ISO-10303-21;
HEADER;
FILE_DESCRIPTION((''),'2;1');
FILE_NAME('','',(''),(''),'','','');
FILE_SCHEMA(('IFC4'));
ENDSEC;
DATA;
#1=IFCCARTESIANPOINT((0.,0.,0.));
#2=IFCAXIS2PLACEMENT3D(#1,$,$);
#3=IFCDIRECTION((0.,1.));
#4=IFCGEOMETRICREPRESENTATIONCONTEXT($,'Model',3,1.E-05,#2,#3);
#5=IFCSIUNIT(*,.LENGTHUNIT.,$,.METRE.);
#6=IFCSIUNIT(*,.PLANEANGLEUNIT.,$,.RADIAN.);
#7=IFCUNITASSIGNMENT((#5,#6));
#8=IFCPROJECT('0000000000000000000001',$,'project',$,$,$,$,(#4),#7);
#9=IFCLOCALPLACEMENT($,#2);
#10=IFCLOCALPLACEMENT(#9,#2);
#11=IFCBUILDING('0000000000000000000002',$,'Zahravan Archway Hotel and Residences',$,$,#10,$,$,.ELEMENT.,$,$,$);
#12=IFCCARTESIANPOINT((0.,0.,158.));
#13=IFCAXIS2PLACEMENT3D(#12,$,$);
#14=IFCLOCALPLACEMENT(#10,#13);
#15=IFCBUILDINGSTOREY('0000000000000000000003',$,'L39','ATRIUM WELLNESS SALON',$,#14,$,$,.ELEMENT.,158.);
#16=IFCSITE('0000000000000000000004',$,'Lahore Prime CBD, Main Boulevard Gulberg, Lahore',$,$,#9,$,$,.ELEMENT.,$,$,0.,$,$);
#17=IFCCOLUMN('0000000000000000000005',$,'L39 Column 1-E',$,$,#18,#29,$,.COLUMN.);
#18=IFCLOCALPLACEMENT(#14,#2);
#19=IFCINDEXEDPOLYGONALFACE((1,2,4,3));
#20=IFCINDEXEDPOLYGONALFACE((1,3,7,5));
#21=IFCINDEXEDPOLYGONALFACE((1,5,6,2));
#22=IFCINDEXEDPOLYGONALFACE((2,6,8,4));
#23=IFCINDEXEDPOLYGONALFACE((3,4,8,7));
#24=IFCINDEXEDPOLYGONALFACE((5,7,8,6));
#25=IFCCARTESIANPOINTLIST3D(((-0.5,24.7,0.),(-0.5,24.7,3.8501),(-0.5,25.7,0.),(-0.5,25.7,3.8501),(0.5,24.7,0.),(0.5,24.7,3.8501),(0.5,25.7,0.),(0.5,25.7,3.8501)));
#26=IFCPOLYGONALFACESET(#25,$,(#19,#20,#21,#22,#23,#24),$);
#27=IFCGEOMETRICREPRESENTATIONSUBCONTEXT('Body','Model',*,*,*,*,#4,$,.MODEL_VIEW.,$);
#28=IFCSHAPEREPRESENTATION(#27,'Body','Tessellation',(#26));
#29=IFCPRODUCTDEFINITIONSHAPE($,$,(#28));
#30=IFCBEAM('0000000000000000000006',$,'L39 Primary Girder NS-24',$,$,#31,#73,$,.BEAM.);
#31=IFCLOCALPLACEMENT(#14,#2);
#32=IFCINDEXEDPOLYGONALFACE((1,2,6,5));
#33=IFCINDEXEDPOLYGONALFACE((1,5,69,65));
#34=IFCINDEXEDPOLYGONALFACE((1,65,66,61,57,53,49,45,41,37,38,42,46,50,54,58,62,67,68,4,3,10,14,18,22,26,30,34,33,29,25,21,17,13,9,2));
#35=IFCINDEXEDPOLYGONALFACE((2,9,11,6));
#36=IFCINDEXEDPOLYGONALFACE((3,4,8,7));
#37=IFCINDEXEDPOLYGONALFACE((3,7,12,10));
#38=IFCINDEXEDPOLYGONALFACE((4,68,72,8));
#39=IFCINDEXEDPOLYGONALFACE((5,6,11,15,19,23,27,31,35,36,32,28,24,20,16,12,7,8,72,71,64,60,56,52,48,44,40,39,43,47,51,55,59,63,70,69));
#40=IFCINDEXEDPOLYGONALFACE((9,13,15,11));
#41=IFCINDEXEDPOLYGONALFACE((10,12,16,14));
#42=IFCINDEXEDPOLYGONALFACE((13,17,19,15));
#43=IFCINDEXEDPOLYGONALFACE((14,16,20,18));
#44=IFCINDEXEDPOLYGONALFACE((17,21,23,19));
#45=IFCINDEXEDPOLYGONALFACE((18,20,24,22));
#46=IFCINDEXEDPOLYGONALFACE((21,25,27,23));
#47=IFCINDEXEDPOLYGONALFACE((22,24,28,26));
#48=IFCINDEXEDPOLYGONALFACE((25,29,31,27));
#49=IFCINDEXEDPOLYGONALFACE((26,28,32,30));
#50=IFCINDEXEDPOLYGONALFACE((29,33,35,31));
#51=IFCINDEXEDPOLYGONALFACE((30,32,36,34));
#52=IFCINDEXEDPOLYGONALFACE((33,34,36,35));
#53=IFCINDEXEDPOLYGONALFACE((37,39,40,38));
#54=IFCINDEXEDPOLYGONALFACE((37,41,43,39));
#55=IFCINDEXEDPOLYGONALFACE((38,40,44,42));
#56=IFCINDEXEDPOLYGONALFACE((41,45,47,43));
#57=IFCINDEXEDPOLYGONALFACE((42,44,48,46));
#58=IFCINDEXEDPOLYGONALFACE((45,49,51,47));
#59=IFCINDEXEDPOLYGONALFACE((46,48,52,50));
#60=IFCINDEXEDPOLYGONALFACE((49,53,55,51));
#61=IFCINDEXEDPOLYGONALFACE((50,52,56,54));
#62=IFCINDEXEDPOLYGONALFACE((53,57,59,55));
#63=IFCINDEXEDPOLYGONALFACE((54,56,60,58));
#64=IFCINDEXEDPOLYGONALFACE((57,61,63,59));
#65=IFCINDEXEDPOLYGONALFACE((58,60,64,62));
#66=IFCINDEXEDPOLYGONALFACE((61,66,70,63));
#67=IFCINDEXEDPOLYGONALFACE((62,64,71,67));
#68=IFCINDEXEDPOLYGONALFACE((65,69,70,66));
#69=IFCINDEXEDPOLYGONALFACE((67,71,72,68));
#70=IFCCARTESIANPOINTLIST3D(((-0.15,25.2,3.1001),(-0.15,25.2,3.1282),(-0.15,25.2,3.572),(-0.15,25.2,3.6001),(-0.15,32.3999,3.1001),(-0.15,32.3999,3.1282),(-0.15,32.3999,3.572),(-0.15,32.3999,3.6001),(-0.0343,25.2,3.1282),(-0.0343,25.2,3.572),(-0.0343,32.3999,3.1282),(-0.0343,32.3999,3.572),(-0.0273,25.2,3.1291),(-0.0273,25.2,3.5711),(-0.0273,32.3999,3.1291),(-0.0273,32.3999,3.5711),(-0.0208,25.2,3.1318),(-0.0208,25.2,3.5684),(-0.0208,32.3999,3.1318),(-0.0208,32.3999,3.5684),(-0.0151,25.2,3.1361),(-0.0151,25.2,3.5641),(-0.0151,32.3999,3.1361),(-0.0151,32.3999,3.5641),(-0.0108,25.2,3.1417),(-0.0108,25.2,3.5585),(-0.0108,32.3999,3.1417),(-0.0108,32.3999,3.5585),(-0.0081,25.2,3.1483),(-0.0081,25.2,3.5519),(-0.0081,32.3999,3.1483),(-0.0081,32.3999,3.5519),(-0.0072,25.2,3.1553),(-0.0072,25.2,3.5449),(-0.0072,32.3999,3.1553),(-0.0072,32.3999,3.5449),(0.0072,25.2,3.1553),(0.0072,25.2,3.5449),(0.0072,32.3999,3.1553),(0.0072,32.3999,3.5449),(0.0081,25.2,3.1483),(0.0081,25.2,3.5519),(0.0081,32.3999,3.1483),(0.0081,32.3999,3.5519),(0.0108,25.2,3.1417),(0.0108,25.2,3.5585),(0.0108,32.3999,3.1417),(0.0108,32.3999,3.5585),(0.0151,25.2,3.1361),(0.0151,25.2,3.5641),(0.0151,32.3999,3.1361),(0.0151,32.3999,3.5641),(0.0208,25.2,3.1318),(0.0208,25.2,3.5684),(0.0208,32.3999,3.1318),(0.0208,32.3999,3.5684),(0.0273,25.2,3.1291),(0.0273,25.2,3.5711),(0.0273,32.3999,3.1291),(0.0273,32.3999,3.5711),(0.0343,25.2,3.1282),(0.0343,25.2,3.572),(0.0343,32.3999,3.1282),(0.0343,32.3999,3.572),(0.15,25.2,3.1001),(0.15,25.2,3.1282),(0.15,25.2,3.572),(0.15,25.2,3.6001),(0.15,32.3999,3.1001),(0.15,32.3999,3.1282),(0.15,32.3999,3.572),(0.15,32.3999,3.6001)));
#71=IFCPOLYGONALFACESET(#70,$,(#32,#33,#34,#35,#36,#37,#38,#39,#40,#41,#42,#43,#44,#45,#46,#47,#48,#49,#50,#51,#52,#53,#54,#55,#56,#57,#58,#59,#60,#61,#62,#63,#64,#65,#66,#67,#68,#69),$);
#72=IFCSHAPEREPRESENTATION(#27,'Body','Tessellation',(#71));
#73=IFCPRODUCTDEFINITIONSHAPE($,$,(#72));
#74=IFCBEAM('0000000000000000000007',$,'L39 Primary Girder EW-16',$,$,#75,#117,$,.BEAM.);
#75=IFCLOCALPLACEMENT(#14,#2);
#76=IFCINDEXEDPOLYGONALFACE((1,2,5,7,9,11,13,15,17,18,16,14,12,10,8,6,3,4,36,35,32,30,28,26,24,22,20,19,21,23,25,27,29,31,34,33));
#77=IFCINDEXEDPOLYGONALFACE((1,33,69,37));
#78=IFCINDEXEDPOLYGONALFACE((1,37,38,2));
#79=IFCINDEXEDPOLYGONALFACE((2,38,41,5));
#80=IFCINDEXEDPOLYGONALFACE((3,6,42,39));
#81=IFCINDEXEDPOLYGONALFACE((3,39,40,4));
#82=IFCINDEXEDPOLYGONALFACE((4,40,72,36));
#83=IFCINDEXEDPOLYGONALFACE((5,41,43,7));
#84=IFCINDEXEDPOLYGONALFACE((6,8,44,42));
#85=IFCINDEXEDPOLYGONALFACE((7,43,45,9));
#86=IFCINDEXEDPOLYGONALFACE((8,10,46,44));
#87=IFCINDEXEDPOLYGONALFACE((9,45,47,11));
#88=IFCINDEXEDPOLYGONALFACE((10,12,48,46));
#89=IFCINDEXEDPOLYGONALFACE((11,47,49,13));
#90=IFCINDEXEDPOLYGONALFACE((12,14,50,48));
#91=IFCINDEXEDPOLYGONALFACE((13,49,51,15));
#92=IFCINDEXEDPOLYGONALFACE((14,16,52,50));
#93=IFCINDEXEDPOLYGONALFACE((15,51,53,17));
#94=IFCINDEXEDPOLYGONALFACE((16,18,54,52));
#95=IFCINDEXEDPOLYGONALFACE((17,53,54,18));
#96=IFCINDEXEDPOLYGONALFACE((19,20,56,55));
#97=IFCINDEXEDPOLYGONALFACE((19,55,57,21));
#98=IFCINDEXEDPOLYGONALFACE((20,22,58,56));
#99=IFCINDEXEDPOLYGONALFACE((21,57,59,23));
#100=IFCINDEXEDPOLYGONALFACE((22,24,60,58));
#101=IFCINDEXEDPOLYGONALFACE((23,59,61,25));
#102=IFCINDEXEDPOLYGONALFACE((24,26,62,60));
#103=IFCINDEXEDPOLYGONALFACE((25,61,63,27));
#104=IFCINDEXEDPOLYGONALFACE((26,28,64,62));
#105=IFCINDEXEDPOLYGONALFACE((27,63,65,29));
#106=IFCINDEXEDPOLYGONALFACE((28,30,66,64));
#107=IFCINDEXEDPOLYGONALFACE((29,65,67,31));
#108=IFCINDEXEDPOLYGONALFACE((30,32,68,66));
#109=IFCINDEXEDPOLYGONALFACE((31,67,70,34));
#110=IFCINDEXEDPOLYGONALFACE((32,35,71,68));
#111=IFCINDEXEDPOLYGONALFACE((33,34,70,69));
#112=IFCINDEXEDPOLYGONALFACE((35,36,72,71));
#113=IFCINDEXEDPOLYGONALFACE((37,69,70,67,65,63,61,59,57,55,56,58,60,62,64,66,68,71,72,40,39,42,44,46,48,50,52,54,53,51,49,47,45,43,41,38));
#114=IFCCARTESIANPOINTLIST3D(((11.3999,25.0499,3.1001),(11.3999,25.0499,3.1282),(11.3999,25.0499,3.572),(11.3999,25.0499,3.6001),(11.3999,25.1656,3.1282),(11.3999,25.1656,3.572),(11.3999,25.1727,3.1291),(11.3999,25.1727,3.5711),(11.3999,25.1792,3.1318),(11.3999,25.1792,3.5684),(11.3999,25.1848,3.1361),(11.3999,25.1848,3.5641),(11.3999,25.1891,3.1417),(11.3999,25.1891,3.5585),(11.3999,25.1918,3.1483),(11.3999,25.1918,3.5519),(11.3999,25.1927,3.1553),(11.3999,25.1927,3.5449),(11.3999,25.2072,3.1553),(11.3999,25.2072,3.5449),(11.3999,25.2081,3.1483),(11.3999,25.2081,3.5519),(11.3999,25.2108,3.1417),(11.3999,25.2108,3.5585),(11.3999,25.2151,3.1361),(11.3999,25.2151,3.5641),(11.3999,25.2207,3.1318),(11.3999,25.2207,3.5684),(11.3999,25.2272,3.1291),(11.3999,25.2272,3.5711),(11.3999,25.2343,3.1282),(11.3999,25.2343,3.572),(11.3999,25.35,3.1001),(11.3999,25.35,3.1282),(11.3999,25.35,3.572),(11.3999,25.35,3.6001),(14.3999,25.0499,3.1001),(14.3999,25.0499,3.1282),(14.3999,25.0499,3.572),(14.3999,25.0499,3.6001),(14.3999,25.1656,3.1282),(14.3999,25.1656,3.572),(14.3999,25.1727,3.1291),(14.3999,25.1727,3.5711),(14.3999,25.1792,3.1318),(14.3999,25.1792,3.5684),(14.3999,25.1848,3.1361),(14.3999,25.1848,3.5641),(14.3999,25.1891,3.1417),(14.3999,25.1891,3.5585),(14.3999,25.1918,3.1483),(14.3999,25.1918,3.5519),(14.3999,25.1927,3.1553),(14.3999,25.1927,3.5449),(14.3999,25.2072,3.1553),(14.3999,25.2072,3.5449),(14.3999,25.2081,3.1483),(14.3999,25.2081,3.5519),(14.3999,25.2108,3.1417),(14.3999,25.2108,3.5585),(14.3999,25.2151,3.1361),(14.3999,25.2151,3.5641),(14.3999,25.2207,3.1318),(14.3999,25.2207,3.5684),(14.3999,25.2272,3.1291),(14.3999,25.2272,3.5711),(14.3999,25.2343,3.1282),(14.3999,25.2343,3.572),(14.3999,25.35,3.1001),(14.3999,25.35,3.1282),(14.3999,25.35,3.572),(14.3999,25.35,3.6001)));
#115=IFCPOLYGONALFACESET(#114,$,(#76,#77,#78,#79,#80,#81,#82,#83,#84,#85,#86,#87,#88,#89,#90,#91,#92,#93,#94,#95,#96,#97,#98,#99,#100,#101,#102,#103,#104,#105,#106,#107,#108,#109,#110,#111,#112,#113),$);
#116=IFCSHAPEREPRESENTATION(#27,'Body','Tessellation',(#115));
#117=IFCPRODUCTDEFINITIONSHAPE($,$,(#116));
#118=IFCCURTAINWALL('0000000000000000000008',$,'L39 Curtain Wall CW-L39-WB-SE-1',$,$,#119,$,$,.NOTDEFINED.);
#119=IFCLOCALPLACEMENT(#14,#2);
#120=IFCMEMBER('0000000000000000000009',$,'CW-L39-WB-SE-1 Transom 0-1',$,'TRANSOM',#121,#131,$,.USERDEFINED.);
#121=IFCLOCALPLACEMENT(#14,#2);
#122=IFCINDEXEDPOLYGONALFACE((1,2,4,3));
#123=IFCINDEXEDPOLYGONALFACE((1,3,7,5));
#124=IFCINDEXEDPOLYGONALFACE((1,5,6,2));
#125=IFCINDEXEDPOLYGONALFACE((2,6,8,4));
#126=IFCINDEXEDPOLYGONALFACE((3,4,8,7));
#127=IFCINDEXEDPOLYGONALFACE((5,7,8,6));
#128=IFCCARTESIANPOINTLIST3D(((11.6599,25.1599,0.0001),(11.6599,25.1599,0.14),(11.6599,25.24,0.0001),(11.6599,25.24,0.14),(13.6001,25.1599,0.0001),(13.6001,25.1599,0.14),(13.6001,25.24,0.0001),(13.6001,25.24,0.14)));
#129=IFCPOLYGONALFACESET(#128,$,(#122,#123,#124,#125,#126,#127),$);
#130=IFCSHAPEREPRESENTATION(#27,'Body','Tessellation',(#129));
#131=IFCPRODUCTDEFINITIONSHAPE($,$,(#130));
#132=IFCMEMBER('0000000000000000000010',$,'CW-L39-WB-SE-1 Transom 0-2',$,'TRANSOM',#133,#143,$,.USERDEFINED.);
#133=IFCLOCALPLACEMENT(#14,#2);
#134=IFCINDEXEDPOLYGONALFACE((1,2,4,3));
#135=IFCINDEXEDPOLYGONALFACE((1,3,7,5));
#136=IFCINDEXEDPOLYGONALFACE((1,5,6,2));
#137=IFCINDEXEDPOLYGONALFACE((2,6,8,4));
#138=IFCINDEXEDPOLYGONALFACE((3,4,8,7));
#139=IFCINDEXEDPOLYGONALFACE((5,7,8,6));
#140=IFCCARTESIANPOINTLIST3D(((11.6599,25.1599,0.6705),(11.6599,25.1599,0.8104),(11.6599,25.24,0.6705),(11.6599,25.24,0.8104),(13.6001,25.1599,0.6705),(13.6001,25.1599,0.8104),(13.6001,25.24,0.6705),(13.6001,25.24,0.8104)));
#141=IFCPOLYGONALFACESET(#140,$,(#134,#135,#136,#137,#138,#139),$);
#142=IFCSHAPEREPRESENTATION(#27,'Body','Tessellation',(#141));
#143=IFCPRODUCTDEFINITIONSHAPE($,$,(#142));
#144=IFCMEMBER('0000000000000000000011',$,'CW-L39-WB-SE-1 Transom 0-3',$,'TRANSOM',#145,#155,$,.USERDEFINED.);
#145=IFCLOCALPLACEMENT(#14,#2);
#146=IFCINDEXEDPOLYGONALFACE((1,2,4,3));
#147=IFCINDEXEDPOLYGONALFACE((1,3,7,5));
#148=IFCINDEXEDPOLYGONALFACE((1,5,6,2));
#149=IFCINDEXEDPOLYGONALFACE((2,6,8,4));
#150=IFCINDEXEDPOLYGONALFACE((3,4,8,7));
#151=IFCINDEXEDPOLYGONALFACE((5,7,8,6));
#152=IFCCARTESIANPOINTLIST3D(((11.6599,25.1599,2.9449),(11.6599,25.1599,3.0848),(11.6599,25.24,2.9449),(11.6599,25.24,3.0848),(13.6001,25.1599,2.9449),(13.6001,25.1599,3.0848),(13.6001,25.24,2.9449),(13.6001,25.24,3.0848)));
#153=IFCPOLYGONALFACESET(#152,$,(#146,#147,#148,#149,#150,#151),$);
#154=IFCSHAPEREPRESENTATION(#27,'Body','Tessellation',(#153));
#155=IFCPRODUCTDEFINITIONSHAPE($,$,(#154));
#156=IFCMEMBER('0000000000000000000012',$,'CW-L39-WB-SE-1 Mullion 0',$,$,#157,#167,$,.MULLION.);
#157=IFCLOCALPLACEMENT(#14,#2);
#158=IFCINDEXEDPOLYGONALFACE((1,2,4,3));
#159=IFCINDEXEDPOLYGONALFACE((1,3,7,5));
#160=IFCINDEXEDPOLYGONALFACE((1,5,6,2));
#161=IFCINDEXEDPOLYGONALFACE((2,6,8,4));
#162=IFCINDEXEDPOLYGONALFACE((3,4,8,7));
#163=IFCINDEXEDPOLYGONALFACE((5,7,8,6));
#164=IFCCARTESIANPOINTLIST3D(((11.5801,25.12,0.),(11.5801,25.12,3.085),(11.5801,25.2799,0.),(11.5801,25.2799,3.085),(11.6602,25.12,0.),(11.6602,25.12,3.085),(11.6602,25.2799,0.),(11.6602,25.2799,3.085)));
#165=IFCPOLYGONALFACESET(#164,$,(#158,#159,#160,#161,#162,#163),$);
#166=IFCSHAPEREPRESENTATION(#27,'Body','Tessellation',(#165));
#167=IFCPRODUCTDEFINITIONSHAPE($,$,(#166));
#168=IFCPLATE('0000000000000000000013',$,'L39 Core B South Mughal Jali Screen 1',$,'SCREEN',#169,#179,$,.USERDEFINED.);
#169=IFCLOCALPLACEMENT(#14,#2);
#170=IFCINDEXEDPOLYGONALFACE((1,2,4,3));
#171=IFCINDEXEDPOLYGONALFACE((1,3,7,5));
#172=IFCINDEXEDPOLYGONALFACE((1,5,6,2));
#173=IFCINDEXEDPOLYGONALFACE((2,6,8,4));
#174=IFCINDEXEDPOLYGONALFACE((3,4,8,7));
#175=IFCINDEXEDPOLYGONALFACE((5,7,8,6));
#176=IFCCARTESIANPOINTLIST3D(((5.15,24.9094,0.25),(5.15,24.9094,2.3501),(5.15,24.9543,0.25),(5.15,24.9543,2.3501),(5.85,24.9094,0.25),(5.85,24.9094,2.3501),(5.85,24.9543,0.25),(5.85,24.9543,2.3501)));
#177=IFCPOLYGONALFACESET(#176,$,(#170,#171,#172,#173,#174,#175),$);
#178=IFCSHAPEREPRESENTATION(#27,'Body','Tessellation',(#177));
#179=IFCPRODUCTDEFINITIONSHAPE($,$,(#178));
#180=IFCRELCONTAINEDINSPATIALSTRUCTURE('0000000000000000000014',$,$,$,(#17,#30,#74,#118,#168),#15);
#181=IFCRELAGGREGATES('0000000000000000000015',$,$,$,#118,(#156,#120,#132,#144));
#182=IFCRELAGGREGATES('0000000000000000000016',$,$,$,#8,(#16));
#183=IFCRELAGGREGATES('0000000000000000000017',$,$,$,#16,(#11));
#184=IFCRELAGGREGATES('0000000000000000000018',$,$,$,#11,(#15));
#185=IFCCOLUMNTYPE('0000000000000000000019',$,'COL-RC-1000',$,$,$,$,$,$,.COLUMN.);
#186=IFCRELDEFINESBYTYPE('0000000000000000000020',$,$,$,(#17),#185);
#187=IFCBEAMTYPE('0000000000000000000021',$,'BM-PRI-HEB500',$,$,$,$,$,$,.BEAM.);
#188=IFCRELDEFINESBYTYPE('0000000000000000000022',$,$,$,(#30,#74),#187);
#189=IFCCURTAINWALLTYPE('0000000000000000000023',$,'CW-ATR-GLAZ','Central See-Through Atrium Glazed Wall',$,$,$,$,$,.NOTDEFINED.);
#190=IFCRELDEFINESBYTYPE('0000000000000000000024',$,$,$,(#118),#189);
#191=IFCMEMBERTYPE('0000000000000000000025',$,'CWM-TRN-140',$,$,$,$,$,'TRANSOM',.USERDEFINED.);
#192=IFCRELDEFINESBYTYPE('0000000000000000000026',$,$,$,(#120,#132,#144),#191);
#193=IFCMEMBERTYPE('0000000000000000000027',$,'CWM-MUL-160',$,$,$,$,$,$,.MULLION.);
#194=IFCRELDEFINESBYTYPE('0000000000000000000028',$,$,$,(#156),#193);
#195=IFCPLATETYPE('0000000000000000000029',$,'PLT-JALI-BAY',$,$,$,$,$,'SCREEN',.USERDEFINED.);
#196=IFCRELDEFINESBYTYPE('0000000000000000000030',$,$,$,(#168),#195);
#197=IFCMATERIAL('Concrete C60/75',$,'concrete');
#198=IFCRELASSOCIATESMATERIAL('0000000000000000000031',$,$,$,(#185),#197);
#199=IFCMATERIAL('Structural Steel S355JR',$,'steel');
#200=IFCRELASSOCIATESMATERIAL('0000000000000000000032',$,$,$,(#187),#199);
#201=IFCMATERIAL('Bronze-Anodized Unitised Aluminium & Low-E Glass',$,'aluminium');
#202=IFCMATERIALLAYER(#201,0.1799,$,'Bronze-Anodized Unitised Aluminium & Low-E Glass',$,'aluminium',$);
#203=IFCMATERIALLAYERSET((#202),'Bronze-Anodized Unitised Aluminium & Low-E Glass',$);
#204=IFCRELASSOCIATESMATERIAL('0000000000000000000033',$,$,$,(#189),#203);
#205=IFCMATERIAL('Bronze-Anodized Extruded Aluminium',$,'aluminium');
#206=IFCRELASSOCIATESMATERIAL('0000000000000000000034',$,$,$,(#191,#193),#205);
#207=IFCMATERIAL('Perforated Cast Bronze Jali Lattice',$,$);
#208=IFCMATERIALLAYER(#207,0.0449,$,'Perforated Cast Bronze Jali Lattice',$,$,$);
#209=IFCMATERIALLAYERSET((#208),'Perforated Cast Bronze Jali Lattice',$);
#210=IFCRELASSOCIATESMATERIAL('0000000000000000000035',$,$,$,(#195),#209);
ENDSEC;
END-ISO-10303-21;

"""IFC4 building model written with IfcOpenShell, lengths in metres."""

from ifc_helpers import new_model, si_unit, direction, frame, origin, origin_2d, place, context, subcontext, project, spatial, rectangle, i_section, extrude, source, transform, mapped, material, layer, layer_set, material_profile, profile_set, type_object, type_shapes, element, aggregate, save


model = new_model("IFC4")

# Units and contexts
model_context = context("Model", 3, precision=1e-05, world=origin(), true_north=direction((0.0, 1.0)))
body_context = subcontext(model_context, "Body", "Model", "MODEL_VIEW")
ifc_project = project(units=[si_unit("LENGTHUNIT", "METRE"), si_unit("PLANEANGLEUNIT", "RADIAN")], contexts=[model_context])

# Site, building, storey
site_placement = place(None, origin())
site = spatial("IfcSite", under=ifc_project, at=site_placement, Name="Lahore Prime CBD, Main Boulevard Gulberg, Lahore", CompositionType="ELEMENT", RefElevation=0.0)
building_placement = place(site_placement, origin())
building = spatial("IfcBuilding", under=site, at=building_placement, Name="Zahravan Archway Hotel and Residences", CompositionType="ELEMENT")
storey_placement = place(building_placement, frame((0.0, 0.0, 158.0)))
storey = spatial("IfcBuildingStorey", under=building, at=storey_placement, Name="L39", Description="ATRIUM WELLNESS SALON", CompositionType="ELEMENT", Elevation=158.0)

# Column
ifc_material_1 = material(Name="Concrete C60/75", Category="concrete")
ifc_material_profile_1 = material_profile(ifc_material_1, rectangle(XDim=1.0, YDim=1.0, at=origin_2d()), Name="RC-COL-1000x1000", Category="concrete")
ifc_profile_set_1 = profile_set([ifc_material_profile_1], Name="Concrete C60/75")
column_type = type_object("IfcColumnType", Name="COL-RC-1000", PredefinedType="COLUMN", material=ifc_profile_set_1)
shared_shape_1 = source(origin(), body_context, "Body", "SweptSolid", [
    extrude(rectangle(XDim=1.0, YDim=1.0, at=origin_2d()), origin(), (0.0, 0.0, 1.0), 3.8501),
])
column_placement = place(storey_placement, frame((0.0, 25.2, 0.0), z_axis=(0.0, 0.0, 1.0), x_axis=(1.0, 0.0, 0.0)))
element("IfcColumn", 1, at=column_placement, inside=storey, type_object=column_type, Name="L39 Column 1-E", PredefinedType="COLUMN", context=body_context, shape_type="MappedRepresentation", body=[
    mapped(shared_shape_1, transform((0.0, 0.0, 0.0), scale=1.0)),
])

# Beams
ifc_material_2 = material(Name="Structural Steel S355JR", Category="steel")
ifc_material_profile_2 = material_profile(ifc_material_2, i_section(OverallWidth=0.3, OverallDepth=0.5, WebThickness=0.0144, FlangeThickness=0.0281, FilletRadius=0.0271, at=origin_2d()), Name="HEB 500", Category="steel")
ifc_profile_set_2 = profile_set([ifc_material_profile_2], Name="Structural Steel S355JR")
beam_type = type_object("IfcBeamType", Name="BM-PRI-HEB500", PredefinedType="BEAM", material=ifc_profile_set_2)
shared_shape_2 = source(origin(), body_context, "Body", "SweptSolid", [
    extrude(i_section(OverallWidth=0.3, OverallDepth=0.5, WebThickness=0.0144, FlangeThickness=0.0281, FilletRadius=0.0271, at=origin_2d()), origin(), (0.0, 0.0, 1.0), 7.2),
])
beam_1_placement = place(storey_placement, frame((0.0, 25.2, 3.3501), z_axis=(0.0, 1.0, 0.0), x_axis=(-1.0, 0.0, 0.0)))
element("IfcBeam", 2, at=beam_1_placement, inside=storey, type_object=beam_type, Name="L39 Primary Girder NS-24", PredefinedType="BEAM", context=body_context, shape_type="MappedRepresentation", body=[
    mapped(shared_shape_2, transform((0.0, 0.0, 0.0), scale=1.0)),
])
shared_shape_3 = source(origin(), body_context, "Body", "SweptSolid", [
    extrude(i_section(OverallWidth=0.3, OverallDepth=0.5, WebThickness=0.0144, FlangeThickness=0.0281, FilletRadius=0.0271, at=origin_2d()), origin(), (0.0, 0.0, 1.0), 3.0),
])
beam_2_placement = place(storey_placement, frame((11.3999, 25.2, 3.3501), z_axis=(1.0, 0.0, 0.0), x_axis=(0.0, 1.0, 0.0)))
element("IfcBeam", 3, at=beam_2_placement, inside=storey, type_object=beam_type, Name="L39 Primary Girder EW-16", PredefinedType="BEAM", context=body_context, shape_type="MappedRepresentation", body=[
    mapped(shared_shape_3, transform((0.0, 0.0, 0.0), scale=1.0)),
])

# Curtain wall, members
ifc_material_3 = material(Name="Bronze-Anodized Unitised Aluminium & Low-E Glass", Category="aluminium")
ifc_layer_1 = layer(ifc_material_3, 0.1799, Name="Bronze-Anodized Unitised Aluminium & Low-E Glass", Category="aluminium")
ifc_layer_set_1 = layer_set([ifc_layer_1], Name="Bronze-Anodized Unitised Aluminium & Low-E Glass")
curtain_wall_type = type_object("IfcCurtainWallType", Name="CW-ATR-GLAZ", Description="Central See-Through Atrium Glazed Wall", PredefinedType="NOTDEFINED", material=ifc_layer_set_1)
curtain_wall_placement = place(storey_placement, origin())
curtain_wall = element("IfcCurtainWall", 4, at=curtain_wall_placement, inside=storey, type_object=curtain_wall_type, Name="L39 Curtain Wall CW-L39-WB-SE-1", PredefinedType="NOTDEFINED")
ifc_material_4 = material(Name="Bronze-Anodized Extruded Aluminium", Category="aluminium")
ifc_material_profile_3 = material_profile(ifc_material_4, rectangle(XDim=0.0801, YDim=0.1399, at=origin_2d()), Name="TRN 80x140", Category="aluminium")
ifc_profile_set_3 = profile_set([ifc_material_profile_3], Name="Bronze-Anodized Extruded Aluminium")
member_type_1 = type_object("IfcMemberType", Name="CWM-TRN-140", ElementType="TRANSOM", PredefinedType="USERDEFINED", material=ifc_profile_set_3)
shared_shape_4 = source(origin(), body_context, "Body", "SweptSolid", [
    extrude(rectangle(XDim=0.0801, YDim=0.1399, at=origin_2d()), origin(), (0.0, 0.0, 1.0), 1.9402),
])
member_1_placement = place(storey_placement, frame((11.6599, 25.2, 0.0701), z_axis=(1.0, 0.0, 0.0), x_axis=(0.0, 1.0, 0.0)))
member_1 = element("IfcMember", 5, at=member_1_placement, type_object=member_type_1, Name="CW-L39-WB-SE-1 Transom 0-1", ObjectType="TRANSOM", PredefinedType="USERDEFINED", context=body_context, shape_type="MappedRepresentation", body=[
    mapped(shared_shape_4, transform((0.0, 0.0, 0.0), scale=1.0)),
])
member_2_placement = place(storey_placement, frame((11.6599, 25.2, 0.7405), z_axis=(1.0, 0.0, 0.0), x_axis=(0.0, 1.0, 0.0)))
member_2 = element("IfcMember", 6, at=member_2_placement, type_object=member_type_1, Name="CW-L39-WB-SE-1 Transom 0-2", ObjectType="TRANSOM", PredefinedType="USERDEFINED", context=body_context, shape_type="MappedRepresentation", body=[
    mapped(shared_shape_4, transform((0.0, 0.0, 0.0), scale=1.0)),
])
member_3_placement = place(storey_placement, frame((11.6599, 25.2, 3.0149), z_axis=(1.0, 0.0, 0.0), x_axis=(0.0, 1.0, 0.0)))
member_3 = element("IfcMember", 7, at=member_3_placement, type_object=member_type_1, Name="CW-L39-WB-SE-1 Transom 0-3", ObjectType="TRANSOM", PredefinedType="USERDEFINED", context=body_context, shape_type="MappedRepresentation", body=[
    mapped(shared_shape_4, transform((0.0, 0.0, 0.0), scale=1.0)),
])
ifc_material_profile_4 = material_profile(ifc_material_4, rectangle(XDim=0.0801, YDim=0.1599, at=origin_2d()), Name="MUL 80x160", Category="aluminium")
ifc_profile_set_4 = profile_set([ifc_material_profile_4], Name="Bronze-Anodized Extruded Aluminium")
member_type_2 = type_object("IfcMemberType", Name="CWM-MUL-160", PredefinedType="MULLION", material=ifc_profile_set_4)
shared_shape_5 = source(origin(), body_context, "Body", "SweptSolid", [
    extrude(rectangle(XDim=0.0801, YDim=0.1599, at=origin_2d()), origin(), (0.0, 0.0, 1.0), 3.085),
])
member_4_placement = place(storey_placement, frame((11.6201, 25.2, 0.0), z_axis=(0.0, 0.0, 1.0), x_axis=(1.0, 0.0, 0.0)))
member_4 = element("IfcMember", 8, at=member_4_placement, type_object=member_type_2, Name="CW-L39-WB-SE-1 Mullion 0", PredefinedType="MULLION", context=body_context, shape_type="MappedRepresentation", body=[
    mapped(shared_shape_5, transform((0.0, 0.0, 0.0), scale=1.0)),
])
aggregate(curtain_wall, [member_4, member_1, member_2, member_3])

# Plate
ifc_material_5 = material(Name="Perforated Cast Bronze Jali Lattice")
ifc_layer_2 = layer(ifc_material_5, 0.0449, Name="Perforated Cast Bronze Jali Lattice")
ifc_layer_set_2 = layer_set([ifc_layer_2], Name="Perforated Cast Bronze Jali Lattice")
plate_type = type_object("IfcPlateType", Name="PLT-JALI-BAY", ElementType="SCREEN", PredefinedType="USERDEFINED", material=ifc_layer_set_2)
shared_shape_6 = source(origin(), body_context, "Body", "SweptSolid", [
    extrude(rectangle(XDim=0.7, YDim=0.0449, at=origin_2d()), origin(), (0.0, 0.0, 1.0), 2.1001),
])
type_shapes(plate_type, [shared_shape_6])
for number, where, z_axis, x_axis, name in (
    (9, (5.5, 24.9319, 0.25), (0.0, 0.0, 1.0), (1.0, 0.0, 0.0), "L39 Core B South Mughal Jali Screen 1"),
):
    element("IfcPlate", number, at=place(storey_placement, frame(where, z_axis=z_axis, x_axis=x_axis)), inside=storey, type_object=plate_type, Name=name, ObjectType="SCREEN", PredefinedType="USERDEFINED", context=body_context, shape_type="MappedRepresentation", body=[
        mapped(shared_shape_6, transform((0.0, 0.0, 0.0), scale=1.0)),
    ])

save(model, "model.ifc")
